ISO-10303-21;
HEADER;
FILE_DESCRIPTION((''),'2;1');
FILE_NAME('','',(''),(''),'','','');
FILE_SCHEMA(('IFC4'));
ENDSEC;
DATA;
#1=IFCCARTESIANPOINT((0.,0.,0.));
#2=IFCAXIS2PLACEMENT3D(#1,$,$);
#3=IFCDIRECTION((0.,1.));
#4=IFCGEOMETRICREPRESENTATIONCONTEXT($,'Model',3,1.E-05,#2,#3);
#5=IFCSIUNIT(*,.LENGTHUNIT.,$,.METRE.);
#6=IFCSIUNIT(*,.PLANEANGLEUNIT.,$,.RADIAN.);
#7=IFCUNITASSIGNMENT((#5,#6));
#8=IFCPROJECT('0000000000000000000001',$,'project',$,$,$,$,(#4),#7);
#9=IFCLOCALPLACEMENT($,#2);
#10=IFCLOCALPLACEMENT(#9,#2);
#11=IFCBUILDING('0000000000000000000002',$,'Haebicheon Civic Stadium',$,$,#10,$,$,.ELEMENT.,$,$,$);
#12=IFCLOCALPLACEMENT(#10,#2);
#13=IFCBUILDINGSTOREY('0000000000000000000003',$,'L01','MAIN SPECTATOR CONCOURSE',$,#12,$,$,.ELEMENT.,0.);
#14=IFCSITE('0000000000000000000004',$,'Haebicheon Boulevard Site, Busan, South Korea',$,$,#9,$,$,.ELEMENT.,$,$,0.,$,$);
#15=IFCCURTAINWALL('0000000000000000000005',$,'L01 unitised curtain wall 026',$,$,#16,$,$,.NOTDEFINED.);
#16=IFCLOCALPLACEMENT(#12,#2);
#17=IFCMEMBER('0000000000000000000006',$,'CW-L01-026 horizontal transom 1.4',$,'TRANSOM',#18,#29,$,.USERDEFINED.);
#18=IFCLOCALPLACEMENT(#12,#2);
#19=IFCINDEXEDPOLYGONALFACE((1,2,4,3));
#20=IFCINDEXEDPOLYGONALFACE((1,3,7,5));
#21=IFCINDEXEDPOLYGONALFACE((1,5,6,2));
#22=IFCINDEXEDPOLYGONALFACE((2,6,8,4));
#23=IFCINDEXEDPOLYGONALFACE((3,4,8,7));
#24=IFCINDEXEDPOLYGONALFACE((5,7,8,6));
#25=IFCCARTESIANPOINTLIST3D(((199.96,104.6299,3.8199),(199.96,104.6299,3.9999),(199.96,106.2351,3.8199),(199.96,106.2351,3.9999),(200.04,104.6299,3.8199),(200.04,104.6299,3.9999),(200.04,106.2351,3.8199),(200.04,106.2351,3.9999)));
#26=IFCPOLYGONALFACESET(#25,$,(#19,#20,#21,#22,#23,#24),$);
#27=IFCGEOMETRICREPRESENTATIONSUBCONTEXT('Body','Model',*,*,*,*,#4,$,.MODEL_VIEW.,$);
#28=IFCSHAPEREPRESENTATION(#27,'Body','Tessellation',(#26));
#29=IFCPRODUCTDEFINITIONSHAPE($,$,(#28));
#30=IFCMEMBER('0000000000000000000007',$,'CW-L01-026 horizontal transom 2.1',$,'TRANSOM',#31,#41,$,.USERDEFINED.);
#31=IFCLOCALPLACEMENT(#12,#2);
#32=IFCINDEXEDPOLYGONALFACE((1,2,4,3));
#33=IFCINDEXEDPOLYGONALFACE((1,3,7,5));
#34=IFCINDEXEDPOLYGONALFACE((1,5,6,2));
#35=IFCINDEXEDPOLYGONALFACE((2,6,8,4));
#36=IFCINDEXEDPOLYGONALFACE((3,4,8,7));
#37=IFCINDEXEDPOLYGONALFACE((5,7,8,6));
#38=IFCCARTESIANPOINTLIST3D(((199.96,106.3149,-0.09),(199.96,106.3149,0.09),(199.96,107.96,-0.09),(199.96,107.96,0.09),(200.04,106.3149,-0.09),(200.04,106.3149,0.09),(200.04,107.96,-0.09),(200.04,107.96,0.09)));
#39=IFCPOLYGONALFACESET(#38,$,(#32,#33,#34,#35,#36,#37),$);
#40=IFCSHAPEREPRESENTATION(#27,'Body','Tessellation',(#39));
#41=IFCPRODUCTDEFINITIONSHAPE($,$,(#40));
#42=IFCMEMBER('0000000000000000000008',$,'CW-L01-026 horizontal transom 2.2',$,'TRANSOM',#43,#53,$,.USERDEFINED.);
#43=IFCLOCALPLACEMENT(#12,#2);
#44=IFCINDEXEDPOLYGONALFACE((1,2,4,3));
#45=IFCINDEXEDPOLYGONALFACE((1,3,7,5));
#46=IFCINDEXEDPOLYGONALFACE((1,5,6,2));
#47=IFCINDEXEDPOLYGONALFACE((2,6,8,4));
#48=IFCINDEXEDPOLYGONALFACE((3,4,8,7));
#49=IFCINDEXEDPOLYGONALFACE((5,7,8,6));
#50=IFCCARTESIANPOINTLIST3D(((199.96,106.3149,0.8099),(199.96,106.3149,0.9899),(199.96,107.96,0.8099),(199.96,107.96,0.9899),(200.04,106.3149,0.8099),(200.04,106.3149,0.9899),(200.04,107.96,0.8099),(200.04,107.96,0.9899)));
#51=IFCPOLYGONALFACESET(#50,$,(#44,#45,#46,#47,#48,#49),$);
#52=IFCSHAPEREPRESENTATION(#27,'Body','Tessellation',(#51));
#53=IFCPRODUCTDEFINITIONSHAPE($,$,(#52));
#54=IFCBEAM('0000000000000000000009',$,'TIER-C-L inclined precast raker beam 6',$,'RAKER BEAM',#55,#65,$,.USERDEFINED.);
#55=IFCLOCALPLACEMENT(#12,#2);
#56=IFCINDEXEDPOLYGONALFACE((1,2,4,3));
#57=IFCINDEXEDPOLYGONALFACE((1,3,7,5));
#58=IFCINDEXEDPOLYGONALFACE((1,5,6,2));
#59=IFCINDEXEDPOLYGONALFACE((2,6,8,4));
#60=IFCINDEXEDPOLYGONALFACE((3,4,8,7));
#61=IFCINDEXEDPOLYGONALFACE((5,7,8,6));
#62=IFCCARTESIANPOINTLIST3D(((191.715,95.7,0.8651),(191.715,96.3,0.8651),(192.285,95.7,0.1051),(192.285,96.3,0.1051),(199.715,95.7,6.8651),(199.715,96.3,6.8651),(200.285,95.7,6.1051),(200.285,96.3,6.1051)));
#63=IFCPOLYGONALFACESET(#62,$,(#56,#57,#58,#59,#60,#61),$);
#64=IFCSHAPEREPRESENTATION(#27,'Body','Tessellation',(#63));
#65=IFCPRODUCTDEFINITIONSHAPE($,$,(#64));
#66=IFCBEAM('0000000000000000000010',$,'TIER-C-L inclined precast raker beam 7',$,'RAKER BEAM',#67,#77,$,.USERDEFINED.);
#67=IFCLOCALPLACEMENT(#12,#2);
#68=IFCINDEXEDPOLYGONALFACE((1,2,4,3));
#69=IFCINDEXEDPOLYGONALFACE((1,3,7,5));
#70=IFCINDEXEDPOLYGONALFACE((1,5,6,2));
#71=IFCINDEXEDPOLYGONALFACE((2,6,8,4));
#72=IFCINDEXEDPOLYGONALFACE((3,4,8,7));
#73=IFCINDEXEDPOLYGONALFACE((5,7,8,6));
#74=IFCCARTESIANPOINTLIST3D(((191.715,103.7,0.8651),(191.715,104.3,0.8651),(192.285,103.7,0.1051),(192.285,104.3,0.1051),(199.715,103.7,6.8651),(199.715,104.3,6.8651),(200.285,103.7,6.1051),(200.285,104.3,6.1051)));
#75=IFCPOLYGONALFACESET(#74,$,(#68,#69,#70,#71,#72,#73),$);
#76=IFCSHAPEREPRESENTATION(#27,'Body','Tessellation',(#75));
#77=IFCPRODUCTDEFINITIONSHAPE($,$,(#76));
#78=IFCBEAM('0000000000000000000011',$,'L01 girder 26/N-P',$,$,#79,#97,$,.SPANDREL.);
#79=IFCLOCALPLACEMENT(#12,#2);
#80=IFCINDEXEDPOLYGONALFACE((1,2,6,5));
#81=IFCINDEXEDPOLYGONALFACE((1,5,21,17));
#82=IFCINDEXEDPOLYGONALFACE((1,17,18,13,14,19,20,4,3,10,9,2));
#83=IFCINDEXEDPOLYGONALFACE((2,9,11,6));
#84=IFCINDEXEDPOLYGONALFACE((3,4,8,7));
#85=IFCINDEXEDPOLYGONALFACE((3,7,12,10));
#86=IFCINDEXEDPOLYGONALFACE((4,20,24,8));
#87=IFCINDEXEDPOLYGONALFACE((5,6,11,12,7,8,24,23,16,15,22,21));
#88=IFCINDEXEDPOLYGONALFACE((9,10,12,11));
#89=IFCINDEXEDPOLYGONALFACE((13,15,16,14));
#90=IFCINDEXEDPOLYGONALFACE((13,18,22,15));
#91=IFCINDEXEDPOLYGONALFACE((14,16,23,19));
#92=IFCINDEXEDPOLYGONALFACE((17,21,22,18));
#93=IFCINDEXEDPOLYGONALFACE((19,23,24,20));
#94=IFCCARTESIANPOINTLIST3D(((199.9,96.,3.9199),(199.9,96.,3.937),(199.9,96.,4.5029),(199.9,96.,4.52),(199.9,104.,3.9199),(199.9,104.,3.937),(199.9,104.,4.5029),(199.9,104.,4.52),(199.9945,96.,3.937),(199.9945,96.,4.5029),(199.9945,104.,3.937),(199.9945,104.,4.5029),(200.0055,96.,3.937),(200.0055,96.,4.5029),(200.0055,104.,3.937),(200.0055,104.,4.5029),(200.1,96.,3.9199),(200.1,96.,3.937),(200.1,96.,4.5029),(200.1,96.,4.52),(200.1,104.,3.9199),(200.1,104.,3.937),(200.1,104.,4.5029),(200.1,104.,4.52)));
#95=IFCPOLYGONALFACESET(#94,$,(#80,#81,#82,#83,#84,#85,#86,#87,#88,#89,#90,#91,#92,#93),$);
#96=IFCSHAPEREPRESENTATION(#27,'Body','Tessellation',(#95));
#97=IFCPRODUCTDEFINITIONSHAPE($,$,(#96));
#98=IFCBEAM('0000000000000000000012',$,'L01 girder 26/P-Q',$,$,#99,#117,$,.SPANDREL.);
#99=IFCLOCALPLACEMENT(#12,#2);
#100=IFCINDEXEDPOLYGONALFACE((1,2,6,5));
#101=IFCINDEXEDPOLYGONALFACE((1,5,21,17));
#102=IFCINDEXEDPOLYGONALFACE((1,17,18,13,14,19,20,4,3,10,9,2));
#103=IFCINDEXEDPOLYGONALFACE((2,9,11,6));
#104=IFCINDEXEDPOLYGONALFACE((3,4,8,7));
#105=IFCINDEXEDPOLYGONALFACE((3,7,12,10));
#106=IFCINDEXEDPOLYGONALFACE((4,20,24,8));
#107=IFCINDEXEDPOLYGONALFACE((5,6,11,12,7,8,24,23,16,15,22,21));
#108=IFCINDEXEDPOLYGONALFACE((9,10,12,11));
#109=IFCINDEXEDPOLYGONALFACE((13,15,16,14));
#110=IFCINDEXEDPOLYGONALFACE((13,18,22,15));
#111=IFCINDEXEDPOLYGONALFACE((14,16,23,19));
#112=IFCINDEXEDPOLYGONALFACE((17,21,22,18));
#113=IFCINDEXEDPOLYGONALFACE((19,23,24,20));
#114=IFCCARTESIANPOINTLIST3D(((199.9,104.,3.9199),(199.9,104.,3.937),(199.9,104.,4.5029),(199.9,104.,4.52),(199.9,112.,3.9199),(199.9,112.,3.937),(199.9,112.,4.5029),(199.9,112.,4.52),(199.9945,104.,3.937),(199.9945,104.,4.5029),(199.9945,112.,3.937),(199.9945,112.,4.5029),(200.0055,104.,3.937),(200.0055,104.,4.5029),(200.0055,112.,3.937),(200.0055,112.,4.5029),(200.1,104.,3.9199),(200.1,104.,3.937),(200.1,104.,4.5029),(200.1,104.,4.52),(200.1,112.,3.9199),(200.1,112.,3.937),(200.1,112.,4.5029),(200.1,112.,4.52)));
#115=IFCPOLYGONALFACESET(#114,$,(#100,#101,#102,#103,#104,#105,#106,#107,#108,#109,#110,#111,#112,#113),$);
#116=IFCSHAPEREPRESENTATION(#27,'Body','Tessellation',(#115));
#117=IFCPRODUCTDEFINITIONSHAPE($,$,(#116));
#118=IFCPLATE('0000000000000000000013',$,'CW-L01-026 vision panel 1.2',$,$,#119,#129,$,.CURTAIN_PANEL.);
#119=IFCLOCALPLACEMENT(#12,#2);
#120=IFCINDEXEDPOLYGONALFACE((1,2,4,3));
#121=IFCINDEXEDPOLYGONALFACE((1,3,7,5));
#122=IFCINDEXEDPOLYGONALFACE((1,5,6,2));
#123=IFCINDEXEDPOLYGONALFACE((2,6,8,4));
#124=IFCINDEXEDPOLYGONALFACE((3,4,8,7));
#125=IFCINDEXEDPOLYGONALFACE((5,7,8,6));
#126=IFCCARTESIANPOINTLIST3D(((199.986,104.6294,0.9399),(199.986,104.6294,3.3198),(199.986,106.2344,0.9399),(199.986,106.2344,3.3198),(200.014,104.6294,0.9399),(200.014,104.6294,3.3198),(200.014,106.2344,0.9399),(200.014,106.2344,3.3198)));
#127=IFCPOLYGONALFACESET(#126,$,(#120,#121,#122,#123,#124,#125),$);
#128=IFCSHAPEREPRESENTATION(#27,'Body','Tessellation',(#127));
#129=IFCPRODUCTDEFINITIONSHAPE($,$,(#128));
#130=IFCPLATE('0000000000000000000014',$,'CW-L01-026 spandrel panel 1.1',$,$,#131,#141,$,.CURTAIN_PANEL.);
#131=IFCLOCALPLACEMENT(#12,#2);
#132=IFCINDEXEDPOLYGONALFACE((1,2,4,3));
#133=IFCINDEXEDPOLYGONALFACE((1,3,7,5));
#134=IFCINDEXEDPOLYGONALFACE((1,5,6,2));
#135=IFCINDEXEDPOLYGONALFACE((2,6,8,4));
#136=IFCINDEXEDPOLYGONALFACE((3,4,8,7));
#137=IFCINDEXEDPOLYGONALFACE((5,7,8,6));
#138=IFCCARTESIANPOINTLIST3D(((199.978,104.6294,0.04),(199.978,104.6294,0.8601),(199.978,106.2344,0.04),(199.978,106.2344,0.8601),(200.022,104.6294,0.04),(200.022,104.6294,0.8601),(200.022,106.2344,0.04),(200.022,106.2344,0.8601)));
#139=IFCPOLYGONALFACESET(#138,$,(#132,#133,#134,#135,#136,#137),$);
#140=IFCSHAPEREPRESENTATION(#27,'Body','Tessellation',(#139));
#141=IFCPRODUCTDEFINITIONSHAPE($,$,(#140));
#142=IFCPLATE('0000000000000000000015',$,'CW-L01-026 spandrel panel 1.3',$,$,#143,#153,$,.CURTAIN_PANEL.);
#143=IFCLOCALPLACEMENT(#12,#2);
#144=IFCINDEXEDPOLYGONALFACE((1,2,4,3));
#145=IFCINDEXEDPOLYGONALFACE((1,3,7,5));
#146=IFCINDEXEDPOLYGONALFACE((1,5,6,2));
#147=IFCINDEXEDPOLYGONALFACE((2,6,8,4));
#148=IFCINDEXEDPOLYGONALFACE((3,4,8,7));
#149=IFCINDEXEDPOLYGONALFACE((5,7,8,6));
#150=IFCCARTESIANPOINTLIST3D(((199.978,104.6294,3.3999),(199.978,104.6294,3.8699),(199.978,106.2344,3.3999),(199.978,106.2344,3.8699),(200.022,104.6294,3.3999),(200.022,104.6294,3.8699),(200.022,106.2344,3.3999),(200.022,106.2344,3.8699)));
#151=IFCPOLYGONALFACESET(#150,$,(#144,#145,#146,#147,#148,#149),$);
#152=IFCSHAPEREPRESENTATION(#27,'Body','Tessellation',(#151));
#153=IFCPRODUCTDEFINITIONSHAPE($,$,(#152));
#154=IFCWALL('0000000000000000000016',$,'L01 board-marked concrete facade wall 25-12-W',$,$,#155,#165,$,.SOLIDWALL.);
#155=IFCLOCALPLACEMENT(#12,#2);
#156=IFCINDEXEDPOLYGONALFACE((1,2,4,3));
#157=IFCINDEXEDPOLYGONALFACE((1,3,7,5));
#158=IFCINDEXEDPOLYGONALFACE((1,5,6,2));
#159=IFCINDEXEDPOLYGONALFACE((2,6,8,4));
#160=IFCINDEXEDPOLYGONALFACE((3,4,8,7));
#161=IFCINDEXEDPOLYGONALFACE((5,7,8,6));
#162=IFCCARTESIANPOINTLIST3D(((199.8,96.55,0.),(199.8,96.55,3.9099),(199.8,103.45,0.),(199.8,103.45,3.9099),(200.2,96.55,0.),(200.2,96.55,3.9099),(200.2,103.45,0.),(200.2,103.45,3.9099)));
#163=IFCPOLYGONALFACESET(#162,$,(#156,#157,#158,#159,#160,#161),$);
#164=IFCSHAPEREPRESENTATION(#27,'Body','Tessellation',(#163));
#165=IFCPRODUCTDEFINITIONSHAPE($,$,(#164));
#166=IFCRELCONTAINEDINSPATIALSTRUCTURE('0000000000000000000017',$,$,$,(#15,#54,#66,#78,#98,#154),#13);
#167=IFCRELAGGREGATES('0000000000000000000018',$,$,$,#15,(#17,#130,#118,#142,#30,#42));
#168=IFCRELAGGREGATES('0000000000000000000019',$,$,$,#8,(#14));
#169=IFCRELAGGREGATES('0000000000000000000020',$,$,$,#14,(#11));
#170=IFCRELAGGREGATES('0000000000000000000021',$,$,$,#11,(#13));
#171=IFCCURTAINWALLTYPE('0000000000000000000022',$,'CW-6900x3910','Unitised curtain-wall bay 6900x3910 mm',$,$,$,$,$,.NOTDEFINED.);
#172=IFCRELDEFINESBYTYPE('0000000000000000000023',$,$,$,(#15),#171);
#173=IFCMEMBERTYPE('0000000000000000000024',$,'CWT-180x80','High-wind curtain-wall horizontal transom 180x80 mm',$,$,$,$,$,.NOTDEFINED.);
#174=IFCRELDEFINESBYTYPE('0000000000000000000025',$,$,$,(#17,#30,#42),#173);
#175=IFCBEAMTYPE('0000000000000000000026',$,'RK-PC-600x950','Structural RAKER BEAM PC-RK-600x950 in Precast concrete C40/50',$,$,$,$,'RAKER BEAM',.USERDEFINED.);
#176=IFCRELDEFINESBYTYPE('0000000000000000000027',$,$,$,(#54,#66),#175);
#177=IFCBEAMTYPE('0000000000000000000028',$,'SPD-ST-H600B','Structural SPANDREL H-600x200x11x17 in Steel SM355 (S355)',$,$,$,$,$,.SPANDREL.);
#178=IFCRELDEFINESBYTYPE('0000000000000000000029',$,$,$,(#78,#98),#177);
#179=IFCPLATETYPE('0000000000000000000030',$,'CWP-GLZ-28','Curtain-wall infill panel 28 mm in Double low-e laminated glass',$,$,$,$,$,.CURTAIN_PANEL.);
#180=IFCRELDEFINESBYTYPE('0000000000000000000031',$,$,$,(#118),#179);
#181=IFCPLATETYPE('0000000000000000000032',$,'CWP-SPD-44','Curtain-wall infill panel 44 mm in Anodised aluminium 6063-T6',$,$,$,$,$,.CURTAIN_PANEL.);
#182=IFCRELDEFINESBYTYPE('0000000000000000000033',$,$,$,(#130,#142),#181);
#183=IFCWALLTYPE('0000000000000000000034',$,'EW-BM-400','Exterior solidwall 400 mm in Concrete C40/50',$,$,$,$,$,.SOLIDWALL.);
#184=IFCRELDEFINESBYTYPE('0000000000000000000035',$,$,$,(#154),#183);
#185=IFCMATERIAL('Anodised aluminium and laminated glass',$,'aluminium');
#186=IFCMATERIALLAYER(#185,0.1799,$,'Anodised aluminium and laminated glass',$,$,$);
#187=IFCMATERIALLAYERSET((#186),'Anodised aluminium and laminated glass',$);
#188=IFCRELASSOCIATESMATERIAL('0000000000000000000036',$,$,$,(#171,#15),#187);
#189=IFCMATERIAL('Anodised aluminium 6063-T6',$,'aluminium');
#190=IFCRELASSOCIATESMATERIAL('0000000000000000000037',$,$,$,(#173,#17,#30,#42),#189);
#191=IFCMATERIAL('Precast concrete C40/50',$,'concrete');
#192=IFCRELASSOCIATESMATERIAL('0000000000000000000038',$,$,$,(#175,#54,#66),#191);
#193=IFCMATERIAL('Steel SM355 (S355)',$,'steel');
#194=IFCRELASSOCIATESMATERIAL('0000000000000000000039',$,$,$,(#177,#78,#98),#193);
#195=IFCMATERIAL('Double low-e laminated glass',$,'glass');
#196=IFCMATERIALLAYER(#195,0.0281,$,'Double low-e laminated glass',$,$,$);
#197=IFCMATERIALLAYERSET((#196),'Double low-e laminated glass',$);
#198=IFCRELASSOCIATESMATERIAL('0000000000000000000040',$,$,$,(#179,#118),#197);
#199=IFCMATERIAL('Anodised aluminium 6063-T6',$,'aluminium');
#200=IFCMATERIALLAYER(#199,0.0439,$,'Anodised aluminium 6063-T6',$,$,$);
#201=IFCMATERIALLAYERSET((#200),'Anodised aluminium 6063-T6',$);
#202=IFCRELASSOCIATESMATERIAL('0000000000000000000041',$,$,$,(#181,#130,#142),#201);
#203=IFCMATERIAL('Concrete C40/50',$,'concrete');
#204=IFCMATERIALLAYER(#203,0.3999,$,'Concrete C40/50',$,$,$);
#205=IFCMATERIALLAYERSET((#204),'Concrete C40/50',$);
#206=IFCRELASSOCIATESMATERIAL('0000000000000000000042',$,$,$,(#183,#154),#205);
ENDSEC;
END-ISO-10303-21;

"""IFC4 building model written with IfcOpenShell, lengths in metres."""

from ifc_helpers import new_model, si_unit, direction, frame, frame_2d, origin, origin_2d, place, context, subcontext, project, spatial, rectangle, i_section, extrude, material, layer, layer_set, material_profile, profile_set, type_object, element, aggregate, save


model = new_model("IFC4")

# Units and contexts
model_context = context("Model", 3, precision=1e-05, world=origin(), true_north=direction((0.0, 1.0)))
body_context = subcontext(model_context, "Body", "Model", "MODEL_VIEW")
ifc_project = project(units=[si_unit("LENGTHUNIT", "METRE"), si_unit("PLANEANGLEUNIT", "RADIAN")], contexts=[model_context])

# Site, building, storey
site_placement = place(None, origin())
site = spatial("IfcSite", under=ifc_project, at=site_placement, Name="Haebicheon Boulevard Site, Busan, South Korea", CompositionType="ELEMENT", RefElevation=0.0)
building_placement = place(site_placement, origin())
building = spatial("IfcBuilding", under=site, at=building_placement, Name="Haebicheon Civic Stadium", CompositionType="ELEMENT")
storey_placement = place(building_placement, origin())
storey = spatial("IfcBuildingStorey", under=building, at=storey_placement, Name="L01", Description="MAIN SPECTATOR CONCOURSE", CompositionType="ELEMENT", Elevation=0.0)

# Curtain wall, members
ifc_material_1 = material(Name="Anodised aluminium and laminated glass", Category="aluminium")
ifc_layer_1 = layer(ifc_material_1, 0.1799, Name="Anodised aluminium and laminated glass")
ifc_layer_set_1 = layer_set([ifc_layer_1], Name="Anodised aluminium and laminated glass")
curtain_wall_type = type_object("IfcCurtainWallType", Name="CW-6900x3910", Description="Unitised curtain-wall bay 6900x3910 mm", PredefinedType="NOTDEFINED", material=ifc_layer_set_1)
curtain_wall_placement = place(storey_placement, origin())
curtain_wall = element("IfcCurtainWall", 1, at=curtain_wall_placement, inside=storey, type_object=curtain_wall_type, material=ifc_layer_set_1, Name="L01 unitised curtain wall 026", PredefinedType="NOTDEFINED")
ifc_material_2 = material(Name="Anodised aluminium 6063-T6", Category="aluminium")
ifc_material_profile_1 = material_profile(ifc_material_2, rectangle(XDim=0.0801, YDim=0.1799, at=origin_2d()), Name="ALU-TRAN-80x180")
ifc_profile_set_1 = profile_set([ifc_material_profile_1], Name="Anodised aluminium 6063-T6")
member_type_1 = type_object("IfcMemberType", Name="CWT-180x80", Description="High-wind curtain-wall horizontal transom 180x80 mm", PredefinedType="NOTDEFINED", material=ifc_profile_set_1)
member_1_placement = place(storey_placement, frame((200.0, 104.6299, 3.9099), z_axis=(0.0, 1.0, 0.0), x_axis=(-1.0, 0.0, 0.0)))
member_1 = element("IfcMember", 2, at=member_1_placement, type_object=member_type_1, material=ifc_profile_set_1, Name="CW-L01-026 horizontal transom 1.4", ObjectType="TRANSOM", PredefinedType="USERDEFINED", context=body_context, shape_type="SweptSolid", body=[
    extrude(rectangle(XDim=0.0801, YDim=0.1799, at=origin_2d()), origin(), (0.0, 0.0, 1.0), 1.6052),
])
member_2_placement = place(storey_placement, frame((200.0, 106.3149, 0.0), z_axis=(0.0, 1.0, 0.0), x_axis=(-1.0, 0.0, 0.0)))
member_2 = element("IfcMember", 3, at=member_2_placement, type_object=member_type_1, material=ifc_profile_set_1, Name="CW-L01-026 horizontal transom 2.1", ObjectType="TRANSOM", PredefinedType="USERDEFINED", context=body_context, shape_type="SweptSolid", body=[
    extrude(rectangle(XDim=0.0801, YDim=0.1799, at=origin_2d()), origin(), (0.0, 0.0, 1.0), 1.645),
])
member_3_placement = place(storey_placement, frame((200.0, 106.3149, 0.8999), z_axis=(0.0, 1.0, 0.0), x_axis=(-1.0, 0.0, 0.0)))
member_3 = element("IfcMember", 4, at=member_3_placement, type_object=member_type_1, material=ifc_profile_set_1, Name="CW-L01-026 horizontal transom 2.2", ObjectType="TRANSOM", PredefinedType="USERDEFINED", context=body_context, shape_type="SweptSolid", body=[
    extrude(rectangle(XDim=0.0801, YDim=0.1799, at=origin_2d()), origin(), (0.0, 0.0, 1.0), 1.645),
])

# Beams
ifc_material_3 = material(Name="Precast concrete C40/50", Category="concrete")
ifc_material_profile_2 = material_profile(ifc_material_3, rectangle(XDim=0.6001, YDim=0.95, at=origin_2d()), Name="PC-RK-600x950")
ifc_profile_set_2 = profile_set([ifc_material_profile_2], Name="Precast concrete C40/50")
beam_type_1 = type_object("IfcBeamType", Name="RK-PC-600x950", Description="Structural RAKER BEAM PC-RK-600x950 in Precast concrete C40/50", ElementType="RAKER BEAM", PredefinedType="USERDEFINED", material=ifc_profile_set_2)
for number, where, z_axis, x_axis, name in (
    (5, (192.0, 96.0, 0.4851), (0.8, 0.0, 0.6), (0.0, 1.0, 0.0), "TIER-C-L inclined precast raker beam 6"),
    (6, (192.0, 104.0, 0.4851), (0.8, 0.0, 0.6), (0.0, 1.0, 0.0), "TIER-C-L inclined precast raker beam 7"),
):
    element("IfcBeam", number, at=place(storey_placement, frame(where, z_axis=z_axis, x_axis=x_axis)), inside=storey, type_object=beam_type_1, material=ifc_profile_set_2, Name=name, ObjectType="RAKER BEAM", PredefinedType="USERDEFINED", context=body_context, shape_type="SweptSolid", body=[
        extrude(rectangle(XDim=0.6001, YDim=0.95, at=origin_2d()), origin(), (0.0, 0.0, 1.0), 10.0),
    ])
ifc_material_4 = material(Name="Steel SM355 (S355)", Category="steel")
ifc_material_profile_3 = material_profile(ifc_material_4, i_section(OverallWidth=0.2, OverallDepth=0.6001, WebThickness=0.011, FlangeThickness=0.0171, at=origin_2d()), Name="H-600x200x11x17")
ifc_profile_set_3 = profile_set([ifc_material_profile_3], Name="Steel SM355 (S355)")
beam_type_2 = type_object("IfcBeamType", Name="SPD-ST-H600B", Description="Structural SPANDREL H-600x200x11x17 in Steel SM355 (S355)", PredefinedType="SPANDREL", material=ifc_profile_set_3)
for number, where, z_axis, x_axis, name in (
    (7, (200.0, 96.0, 4.22), (0.0, 1.0, 0.0), (-1.0, 0.0, 0.0), "L01 girder 26/N-P"),
    (8, (200.0, 104.0, 4.22), (0.0, 1.0, 0.0), (-1.0, 0.0, 0.0), "L01 girder 26/P-Q"),
):
    element("IfcBeam", number, at=place(storey_placement, frame(where, z_axis=z_axis, x_axis=x_axis)), inside=storey, type_object=beam_type_2, material=ifc_profile_set_3, Name=name, PredefinedType="SPANDREL", context=body_context, shape_type="SweptSolid", body=[
        extrude(i_section(OverallWidth=0.2, OverallDepth=0.6001, WebThickness=0.011, FlangeThickness=0.0171, at=origin_2d()), origin(), (0.0, 0.0, 1.0), 8.0),
    ])

# Plates
ifc_material_5 = material(Name="Double low-e laminated glass", Category="glass")
ifc_layer_2 = layer(ifc_material_5, 0.0281, Name="Double low-e laminated glass")
ifc_layer_set_2 = layer_set([ifc_layer_2], Name="Double low-e laminated glass")
plate_type_1 = type_object("IfcPlateType", Name="CWP-GLZ-28", Description="Curtain-wall infill panel 28 mm in Double low-e laminated glass", PredefinedType="CURTAIN_PANEL", material=ifc_layer_set_2)
plate_1_placement = place(storey_placement, frame((200.0, 105.4319, 0.9399), z_axis=(0.0, 0.0, 1.0), x_axis=(0.0, 1.0, 0.0)))
plate_1 = element("IfcPlate", 9, at=plate_1_placement, type_object=plate_type_1, material=ifc_layer_set_2, Name="CW-L01-026 vision panel 1.2", PredefinedType="CURTAIN_PANEL", context=body_context, shape_type="SweptSolid", body=[
    extrude(rectangle(XDim=1.605, YDim=0.0281, at=origin_2d()), origin(), (0.0, 0.0, 1.0), 2.3799),
])
ifc_material_6 = material(Name="Anodised aluminium 6063-T6", Category="aluminium")
ifc_layer_3 = layer(ifc_material_6, 0.0439, Name="Anodised aluminium 6063-T6")
ifc_layer_set_3 = layer_set([ifc_layer_3], Name="Anodised aluminium 6063-T6")
plate_type_2 = type_object("IfcPlateType", Name="CWP-SPD-44", Description="Curtain-wall infill panel 44 mm in Anodised aluminium 6063-T6", PredefinedType="CURTAIN_PANEL", material=ifc_layer_set_3)
plate_2_placement = place(storey_placement, frame((200.0, 105.4319, 0.04), z_axis=(0.0, 0.0, 1.0), x_axis=(0.0, 1.0, 0.0)))
plate_2 = element("IfcPlate", 10, at=plate_2_placement, type_object=plate_type_2, material=ifc_layer_set_3, Name="CW-L01-026 spandrel panel 1.1", PredefinedType="CURTAIN_PANEL", context=body_context, shape_type="SweptSolid", body=[
    extrude(rectangle(XDim=1.605, YDim=0.0439, at=origin_2d()), origin(), (0.0, 0.0, 1.0), 0.8201),
])
plate_3_placement = place(storey_placement, frame((200.0, 105.4319, 3.3999), z_axis=(0.0, 0.0, 1.0), x_axis=(0.0, 1.0, 0.0)))
plate_3 = element("IfcPlate", 11, at=plate_3_placement, type_object=plate_type_2, material=ifc_layer_set_3, Name="CW-L01-026 spandrel panel 1.3", PredefinedType="CURTAIN_PANEL", context=body_context, shape_type="SweptSolid", body=[
    extrude(rectangle(XDim=1.605, YDim=0.0439, at=origin_2d()), origin(), (0.0, 0.0, 1.0), 0.47),
])
aggregate(curtain_wall, [member_1, plate_2, plate_1, plate_3, member_2, member_3])

# Wall
ifc_material_7 = material(Name="Concrete C40/50", Category="concrete")
ifc_layer_4 = layer(ifc_material_7, 0.3999, Name="Concrete C40/50")
ifc_layer_set_4 = layer_set([ifc_layer_4], Name="Concrete C40/50")
wall_type = type_object("IfcWallType", Name="EW-BM-400", Description="Exterior solidwall 400 mm in Concrete C40/50", PredefinedType="SOLIDWALL", material=ifc_layer_set_4)
wall_placement = place(storey_placement, frame((200.0, 96.55, 0.0), z_axis=(0.0, 0.0, 1.0), x_axis=(0.0, 1.0, 0.0)))
element("IfcWall", 12, at=wall_placement, inside=storey, type_object=wall_type, material=ifc_layer_set_4, Name="L01 board-marked concrete facade wall 25-12-W", PredefinedType="SOLIDWALL", context=body_context, shape_type="SweptSolid", body=[
    extrude(rectangle(XDim=6.8999, YDim=0.3999, at=frame_2d((3.45, 0.0))), origin(), (0.0, 0.0, 1.0), 3.9099),
])

save(model, "model.ifc")
